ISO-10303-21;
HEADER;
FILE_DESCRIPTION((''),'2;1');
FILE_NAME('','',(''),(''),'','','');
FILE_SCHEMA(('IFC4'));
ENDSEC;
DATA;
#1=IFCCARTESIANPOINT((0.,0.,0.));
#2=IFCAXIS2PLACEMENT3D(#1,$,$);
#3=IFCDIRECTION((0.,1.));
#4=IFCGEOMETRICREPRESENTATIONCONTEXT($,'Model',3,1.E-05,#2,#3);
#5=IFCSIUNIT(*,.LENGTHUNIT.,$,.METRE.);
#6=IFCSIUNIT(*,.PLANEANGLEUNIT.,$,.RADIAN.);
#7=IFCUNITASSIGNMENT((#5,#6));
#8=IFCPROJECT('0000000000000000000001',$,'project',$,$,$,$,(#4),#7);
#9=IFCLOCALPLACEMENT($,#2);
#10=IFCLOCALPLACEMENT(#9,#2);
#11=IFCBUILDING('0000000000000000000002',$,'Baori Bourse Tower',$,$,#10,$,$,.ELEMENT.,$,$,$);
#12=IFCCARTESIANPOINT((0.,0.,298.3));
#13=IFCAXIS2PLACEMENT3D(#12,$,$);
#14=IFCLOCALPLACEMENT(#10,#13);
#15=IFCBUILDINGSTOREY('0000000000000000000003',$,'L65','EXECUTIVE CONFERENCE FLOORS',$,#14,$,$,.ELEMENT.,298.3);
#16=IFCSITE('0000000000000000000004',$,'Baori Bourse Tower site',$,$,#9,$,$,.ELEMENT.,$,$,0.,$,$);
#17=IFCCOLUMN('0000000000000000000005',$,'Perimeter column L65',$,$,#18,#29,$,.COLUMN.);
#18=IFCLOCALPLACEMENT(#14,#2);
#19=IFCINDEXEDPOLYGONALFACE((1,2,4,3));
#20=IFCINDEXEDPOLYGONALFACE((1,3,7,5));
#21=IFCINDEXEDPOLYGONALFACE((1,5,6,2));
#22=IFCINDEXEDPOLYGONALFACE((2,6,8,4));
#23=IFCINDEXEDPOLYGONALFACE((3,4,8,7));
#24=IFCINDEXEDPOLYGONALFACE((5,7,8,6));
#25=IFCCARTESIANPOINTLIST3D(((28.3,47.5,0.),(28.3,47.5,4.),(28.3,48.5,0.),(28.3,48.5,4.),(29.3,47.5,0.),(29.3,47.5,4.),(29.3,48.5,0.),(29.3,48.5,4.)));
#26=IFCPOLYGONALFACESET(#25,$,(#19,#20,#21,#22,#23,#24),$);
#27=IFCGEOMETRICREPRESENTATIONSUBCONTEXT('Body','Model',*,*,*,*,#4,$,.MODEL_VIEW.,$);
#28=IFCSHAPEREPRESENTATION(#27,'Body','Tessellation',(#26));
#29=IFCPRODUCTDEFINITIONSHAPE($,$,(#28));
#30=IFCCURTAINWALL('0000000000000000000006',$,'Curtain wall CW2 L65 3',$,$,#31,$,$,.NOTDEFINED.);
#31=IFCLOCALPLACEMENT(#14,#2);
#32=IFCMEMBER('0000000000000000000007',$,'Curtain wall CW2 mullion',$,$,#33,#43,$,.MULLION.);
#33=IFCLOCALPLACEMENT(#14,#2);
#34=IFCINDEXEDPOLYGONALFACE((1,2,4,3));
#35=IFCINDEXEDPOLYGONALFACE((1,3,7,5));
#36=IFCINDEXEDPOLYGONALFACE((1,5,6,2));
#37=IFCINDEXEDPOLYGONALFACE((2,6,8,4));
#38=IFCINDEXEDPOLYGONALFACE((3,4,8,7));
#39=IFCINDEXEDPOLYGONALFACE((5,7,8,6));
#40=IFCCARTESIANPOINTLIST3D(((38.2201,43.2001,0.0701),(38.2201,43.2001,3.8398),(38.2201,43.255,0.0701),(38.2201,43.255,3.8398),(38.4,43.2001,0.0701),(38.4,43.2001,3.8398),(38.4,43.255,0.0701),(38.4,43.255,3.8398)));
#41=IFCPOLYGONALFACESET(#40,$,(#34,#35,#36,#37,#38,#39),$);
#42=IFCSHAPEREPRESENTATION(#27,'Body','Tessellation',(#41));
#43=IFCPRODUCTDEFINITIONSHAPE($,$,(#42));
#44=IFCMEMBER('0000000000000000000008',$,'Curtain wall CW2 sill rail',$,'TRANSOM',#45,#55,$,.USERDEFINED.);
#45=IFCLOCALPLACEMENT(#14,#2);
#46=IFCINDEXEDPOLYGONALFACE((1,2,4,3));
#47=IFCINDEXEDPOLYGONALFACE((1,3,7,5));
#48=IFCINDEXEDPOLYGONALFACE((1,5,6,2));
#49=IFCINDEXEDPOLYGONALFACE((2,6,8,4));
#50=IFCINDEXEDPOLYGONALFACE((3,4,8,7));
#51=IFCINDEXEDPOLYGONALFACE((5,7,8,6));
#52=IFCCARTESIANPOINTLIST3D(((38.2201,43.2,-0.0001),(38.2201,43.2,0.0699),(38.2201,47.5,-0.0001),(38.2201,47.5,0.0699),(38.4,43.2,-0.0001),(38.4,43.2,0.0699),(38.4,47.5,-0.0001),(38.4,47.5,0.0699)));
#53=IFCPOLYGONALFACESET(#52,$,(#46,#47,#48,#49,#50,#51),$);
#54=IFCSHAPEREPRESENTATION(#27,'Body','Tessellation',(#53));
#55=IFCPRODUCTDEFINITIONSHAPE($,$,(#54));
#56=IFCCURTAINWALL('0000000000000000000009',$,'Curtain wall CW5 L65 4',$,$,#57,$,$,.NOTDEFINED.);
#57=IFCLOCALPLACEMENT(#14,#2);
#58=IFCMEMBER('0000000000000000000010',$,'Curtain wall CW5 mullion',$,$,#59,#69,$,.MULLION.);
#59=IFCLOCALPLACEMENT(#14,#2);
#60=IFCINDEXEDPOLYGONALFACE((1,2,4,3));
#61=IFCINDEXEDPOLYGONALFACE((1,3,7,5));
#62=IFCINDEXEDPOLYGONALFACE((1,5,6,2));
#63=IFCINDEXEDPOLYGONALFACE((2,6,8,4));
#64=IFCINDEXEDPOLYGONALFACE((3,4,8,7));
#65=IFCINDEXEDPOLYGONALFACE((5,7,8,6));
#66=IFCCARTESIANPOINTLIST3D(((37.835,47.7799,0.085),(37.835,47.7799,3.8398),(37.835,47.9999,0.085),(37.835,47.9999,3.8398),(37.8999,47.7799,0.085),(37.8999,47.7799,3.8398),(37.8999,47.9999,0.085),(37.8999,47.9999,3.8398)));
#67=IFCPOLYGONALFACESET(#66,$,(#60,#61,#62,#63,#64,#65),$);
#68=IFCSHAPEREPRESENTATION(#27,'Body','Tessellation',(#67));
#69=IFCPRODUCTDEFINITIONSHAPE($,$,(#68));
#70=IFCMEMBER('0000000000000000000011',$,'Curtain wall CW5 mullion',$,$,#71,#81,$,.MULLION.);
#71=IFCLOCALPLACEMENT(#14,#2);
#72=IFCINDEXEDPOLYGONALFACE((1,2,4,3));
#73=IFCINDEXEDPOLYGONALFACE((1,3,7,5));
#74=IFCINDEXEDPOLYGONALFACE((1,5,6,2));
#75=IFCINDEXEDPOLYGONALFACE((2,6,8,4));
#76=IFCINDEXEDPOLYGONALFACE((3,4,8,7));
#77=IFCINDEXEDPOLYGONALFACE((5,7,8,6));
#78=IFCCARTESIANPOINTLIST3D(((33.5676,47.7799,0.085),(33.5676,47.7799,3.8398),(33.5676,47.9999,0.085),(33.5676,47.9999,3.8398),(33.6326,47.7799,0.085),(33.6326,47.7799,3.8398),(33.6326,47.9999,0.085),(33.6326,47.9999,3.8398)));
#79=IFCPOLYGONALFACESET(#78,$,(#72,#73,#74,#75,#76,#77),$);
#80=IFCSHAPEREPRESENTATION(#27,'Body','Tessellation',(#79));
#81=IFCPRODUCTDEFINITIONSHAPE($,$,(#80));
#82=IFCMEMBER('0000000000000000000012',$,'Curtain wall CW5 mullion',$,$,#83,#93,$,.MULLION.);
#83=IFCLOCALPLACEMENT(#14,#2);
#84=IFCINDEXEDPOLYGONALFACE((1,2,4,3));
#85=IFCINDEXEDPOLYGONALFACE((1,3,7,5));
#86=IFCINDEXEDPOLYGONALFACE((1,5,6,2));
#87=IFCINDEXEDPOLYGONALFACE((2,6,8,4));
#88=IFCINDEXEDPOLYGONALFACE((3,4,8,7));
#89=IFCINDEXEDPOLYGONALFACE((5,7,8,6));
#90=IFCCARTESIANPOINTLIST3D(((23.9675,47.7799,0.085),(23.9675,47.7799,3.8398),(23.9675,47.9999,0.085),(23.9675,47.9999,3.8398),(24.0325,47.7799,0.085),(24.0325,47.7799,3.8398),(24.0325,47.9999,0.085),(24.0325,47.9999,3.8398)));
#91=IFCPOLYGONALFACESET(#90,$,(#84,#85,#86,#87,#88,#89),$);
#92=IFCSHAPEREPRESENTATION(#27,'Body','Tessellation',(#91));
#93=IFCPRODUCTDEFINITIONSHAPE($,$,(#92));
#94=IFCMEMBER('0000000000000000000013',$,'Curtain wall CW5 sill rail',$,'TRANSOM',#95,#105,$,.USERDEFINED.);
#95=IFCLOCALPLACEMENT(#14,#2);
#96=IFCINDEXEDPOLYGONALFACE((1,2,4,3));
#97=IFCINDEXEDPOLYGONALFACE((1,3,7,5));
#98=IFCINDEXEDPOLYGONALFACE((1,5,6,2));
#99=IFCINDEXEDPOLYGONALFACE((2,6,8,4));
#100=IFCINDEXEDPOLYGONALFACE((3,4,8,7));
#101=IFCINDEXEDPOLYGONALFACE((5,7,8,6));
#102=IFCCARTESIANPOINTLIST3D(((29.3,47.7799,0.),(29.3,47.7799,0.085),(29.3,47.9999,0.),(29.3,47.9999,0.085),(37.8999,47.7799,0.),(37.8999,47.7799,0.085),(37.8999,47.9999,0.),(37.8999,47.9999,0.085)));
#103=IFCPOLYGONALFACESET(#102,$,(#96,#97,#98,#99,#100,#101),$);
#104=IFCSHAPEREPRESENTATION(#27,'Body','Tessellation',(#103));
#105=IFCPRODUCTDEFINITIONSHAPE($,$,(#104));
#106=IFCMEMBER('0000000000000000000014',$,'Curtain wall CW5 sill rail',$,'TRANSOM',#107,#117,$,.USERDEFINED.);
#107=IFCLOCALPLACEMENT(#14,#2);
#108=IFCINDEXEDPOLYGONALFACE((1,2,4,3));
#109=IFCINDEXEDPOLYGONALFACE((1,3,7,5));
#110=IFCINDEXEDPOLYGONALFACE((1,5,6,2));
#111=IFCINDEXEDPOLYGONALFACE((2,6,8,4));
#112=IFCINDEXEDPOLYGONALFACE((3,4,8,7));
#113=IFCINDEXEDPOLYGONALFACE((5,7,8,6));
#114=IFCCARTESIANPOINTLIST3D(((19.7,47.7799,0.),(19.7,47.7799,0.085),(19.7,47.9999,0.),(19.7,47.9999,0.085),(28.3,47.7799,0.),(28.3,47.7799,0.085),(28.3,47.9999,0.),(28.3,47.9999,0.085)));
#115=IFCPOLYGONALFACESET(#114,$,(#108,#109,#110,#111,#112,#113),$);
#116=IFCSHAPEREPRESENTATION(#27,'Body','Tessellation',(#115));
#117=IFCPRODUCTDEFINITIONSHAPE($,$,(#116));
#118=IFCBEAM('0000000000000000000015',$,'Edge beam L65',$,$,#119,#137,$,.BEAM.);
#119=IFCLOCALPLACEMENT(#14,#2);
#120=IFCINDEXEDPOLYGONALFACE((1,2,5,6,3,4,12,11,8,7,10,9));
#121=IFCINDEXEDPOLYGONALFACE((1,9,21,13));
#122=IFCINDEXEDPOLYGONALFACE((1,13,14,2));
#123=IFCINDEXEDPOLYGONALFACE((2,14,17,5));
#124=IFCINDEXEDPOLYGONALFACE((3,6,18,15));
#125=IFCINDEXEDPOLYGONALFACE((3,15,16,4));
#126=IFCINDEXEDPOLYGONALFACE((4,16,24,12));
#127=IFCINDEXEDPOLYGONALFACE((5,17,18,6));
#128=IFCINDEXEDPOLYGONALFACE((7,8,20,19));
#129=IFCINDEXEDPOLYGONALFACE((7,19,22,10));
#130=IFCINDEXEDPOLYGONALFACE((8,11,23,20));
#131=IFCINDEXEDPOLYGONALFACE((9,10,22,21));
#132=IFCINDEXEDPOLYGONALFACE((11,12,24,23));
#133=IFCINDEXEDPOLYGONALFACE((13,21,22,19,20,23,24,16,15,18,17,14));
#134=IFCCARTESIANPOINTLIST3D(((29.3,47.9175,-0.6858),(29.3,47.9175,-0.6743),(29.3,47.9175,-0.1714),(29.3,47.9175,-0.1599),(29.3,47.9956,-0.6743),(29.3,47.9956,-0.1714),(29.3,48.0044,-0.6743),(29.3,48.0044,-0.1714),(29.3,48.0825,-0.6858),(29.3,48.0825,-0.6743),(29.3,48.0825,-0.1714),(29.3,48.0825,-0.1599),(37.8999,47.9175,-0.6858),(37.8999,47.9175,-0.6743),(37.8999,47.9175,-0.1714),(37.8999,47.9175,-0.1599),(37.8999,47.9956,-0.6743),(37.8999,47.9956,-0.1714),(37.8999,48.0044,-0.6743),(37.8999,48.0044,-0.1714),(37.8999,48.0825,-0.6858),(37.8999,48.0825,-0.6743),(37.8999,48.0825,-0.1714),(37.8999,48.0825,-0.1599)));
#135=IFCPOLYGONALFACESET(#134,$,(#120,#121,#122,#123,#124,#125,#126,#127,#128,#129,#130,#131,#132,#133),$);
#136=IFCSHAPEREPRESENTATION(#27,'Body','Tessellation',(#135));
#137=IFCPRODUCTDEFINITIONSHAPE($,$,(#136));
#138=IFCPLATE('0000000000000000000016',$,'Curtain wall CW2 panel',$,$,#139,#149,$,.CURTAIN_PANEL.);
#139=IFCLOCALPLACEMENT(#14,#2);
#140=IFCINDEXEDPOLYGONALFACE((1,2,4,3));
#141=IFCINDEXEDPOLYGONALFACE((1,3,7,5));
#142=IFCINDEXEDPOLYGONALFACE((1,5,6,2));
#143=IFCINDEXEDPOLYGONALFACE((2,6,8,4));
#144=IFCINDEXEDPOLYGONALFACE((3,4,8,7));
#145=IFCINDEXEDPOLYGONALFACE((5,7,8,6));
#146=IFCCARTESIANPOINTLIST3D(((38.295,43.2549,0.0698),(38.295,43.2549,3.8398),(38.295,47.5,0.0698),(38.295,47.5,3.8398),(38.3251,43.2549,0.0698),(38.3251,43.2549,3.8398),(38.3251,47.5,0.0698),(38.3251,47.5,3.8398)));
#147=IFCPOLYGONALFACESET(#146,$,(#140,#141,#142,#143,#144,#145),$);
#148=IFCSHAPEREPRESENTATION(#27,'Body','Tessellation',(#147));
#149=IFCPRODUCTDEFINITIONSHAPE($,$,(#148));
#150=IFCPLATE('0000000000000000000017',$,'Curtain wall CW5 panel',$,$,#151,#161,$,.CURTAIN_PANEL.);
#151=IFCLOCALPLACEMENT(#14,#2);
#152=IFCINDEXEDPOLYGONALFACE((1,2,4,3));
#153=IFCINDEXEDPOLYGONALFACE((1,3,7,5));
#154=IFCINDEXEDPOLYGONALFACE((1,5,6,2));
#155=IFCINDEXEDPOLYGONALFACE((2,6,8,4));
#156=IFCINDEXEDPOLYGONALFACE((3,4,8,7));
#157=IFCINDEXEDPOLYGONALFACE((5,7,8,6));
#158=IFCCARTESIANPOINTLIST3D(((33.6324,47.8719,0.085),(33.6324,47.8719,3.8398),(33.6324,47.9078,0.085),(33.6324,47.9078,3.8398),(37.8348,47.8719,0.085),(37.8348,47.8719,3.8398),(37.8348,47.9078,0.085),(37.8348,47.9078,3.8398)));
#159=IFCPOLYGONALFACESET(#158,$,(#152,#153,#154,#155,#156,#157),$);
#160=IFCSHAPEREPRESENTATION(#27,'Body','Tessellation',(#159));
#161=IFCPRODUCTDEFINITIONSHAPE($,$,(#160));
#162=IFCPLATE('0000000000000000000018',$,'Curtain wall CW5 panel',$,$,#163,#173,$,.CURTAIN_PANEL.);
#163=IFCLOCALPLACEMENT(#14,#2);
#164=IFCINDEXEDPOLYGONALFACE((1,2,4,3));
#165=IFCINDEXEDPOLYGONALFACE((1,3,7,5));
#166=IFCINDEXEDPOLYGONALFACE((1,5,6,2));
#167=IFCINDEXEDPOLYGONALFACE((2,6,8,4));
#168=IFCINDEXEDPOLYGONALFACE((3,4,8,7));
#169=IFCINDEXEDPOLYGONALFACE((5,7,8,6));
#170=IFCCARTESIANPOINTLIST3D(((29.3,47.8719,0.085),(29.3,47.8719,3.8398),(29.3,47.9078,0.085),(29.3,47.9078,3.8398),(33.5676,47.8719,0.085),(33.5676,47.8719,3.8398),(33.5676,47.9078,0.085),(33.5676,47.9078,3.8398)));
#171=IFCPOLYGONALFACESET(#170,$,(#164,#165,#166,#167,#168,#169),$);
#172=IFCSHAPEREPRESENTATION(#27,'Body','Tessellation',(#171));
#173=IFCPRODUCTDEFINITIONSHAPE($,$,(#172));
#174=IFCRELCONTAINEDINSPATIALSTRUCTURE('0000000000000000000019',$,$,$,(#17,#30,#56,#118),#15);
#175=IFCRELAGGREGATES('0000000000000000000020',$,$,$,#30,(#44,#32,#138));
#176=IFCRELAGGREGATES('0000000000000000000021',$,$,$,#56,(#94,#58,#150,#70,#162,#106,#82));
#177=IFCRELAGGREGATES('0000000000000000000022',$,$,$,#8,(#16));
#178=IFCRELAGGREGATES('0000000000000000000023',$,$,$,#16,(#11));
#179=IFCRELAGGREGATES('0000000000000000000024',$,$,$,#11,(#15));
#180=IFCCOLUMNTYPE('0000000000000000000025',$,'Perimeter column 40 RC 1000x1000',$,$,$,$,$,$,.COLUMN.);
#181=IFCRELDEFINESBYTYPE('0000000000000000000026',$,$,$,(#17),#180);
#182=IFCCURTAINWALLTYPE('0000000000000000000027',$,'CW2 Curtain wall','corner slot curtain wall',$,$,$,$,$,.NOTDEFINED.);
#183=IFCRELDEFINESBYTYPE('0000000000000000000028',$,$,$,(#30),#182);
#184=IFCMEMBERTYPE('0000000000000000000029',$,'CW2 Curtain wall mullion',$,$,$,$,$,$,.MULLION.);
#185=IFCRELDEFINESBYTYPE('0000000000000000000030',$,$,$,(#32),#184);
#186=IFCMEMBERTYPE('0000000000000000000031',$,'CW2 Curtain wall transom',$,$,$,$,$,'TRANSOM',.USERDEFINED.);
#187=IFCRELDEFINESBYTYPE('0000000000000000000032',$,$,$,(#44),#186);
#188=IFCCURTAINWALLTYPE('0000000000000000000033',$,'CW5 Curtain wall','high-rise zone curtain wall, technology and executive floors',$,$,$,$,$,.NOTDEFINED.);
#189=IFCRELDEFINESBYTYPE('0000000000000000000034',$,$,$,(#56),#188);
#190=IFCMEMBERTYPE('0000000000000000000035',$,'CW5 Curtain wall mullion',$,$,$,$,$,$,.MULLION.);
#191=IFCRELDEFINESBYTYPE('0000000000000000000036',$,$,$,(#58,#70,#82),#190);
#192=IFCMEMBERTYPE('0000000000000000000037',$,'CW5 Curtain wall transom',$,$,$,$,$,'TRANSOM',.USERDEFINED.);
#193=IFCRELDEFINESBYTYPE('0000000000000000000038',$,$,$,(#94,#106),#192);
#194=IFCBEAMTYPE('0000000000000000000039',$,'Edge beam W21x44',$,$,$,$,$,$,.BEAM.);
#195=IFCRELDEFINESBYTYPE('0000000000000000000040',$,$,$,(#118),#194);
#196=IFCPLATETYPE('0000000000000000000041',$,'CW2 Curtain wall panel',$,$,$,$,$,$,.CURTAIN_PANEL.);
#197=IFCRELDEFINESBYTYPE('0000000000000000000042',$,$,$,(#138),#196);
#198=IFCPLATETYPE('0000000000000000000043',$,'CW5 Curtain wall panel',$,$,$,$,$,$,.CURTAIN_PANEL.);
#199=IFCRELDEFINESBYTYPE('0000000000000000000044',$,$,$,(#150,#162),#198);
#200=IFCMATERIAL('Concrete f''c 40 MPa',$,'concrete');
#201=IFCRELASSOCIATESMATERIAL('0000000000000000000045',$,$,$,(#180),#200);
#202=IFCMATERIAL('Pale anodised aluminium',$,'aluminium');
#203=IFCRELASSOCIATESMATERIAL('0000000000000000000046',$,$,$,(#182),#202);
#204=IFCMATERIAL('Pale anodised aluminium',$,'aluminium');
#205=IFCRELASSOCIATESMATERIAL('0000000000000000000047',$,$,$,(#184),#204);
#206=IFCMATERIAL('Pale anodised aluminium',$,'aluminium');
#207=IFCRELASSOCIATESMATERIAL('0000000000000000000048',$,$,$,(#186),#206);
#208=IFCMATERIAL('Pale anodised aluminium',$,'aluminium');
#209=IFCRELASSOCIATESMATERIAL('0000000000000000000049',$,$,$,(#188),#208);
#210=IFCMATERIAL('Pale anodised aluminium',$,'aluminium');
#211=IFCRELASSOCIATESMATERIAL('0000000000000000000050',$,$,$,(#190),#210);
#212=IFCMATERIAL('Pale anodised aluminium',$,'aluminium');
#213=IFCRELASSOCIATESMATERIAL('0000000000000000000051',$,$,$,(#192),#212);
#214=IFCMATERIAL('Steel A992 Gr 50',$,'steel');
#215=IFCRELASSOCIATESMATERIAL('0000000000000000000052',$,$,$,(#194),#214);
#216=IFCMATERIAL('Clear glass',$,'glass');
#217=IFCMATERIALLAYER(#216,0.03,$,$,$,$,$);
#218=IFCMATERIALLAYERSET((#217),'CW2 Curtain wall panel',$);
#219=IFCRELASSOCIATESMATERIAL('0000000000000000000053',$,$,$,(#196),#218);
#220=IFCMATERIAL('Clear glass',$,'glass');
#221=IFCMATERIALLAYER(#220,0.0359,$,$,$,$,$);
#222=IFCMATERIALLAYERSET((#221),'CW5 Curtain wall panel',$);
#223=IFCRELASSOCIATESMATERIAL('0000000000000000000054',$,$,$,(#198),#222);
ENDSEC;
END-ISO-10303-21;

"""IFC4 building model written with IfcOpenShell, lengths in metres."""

from ifc_helpers import new_model, si_unit, direction, frame, origin, origin_2d, place, context, subcontext, project, spatial, rectangle, i_section, extrude, material, layer, layer_set, material_profile, profile_set, type_object, element, aggregate, save


model = new_model("IFC4")

# Units and contexts
model_context = context("Model", 3, precision=1e-05, world=origin(), true_north=direction((0.0, 1.0)))
body_context = subcontext(model_context, "Body", "Model", "MODEL_VIEW")
ifc_project = project(units=[si_unit("LENGTHUNIT", "METRE"), si_unit("PLANEANGLEUNIT", "RADIAN")], contexts=[model_context])

# Site, building, storey
site_placement = place(None, origin())
site = spatial("IfcSite", under=ifc_project, at=site_placement, Name="Baori Bourse Tower site", CompositionType="ELEMENT", RefElevation=0.0)
building_placement = place(site_placement, origin())
building = spatial("IfcBuilding", under=site, at=building_placement, Name="Baori Bourse Tower", CompositionType="ELEMENT")
storey_placement = place(building_placement, frame((0.0, 0.0, 298.3)))
storey = spatial("IfcBuildingStorey", under=building, at=storey_placement, Name="L65", Description="EXECUTIVE CONFERENCE FLOORS", CompositionType="ELEMENT", Elevation=298.3)

# Column
ifc_material_1 = material(Name="Concrete f'c 40 MPa", Category="concrete")
ifc_material_profile_1 = material_profile(ifc_material_1, rectangle(XDim=1.0, YDim=1.0, at=origin_2d()), Name="RC 1000x1000")
ifc_profile_set_1 = profile_set([ifc_material_profile_1], Name="Concrete f'c 40 MPa")
column_type = type_object("IfcColumnType", Name="Perimeter column 40 RC 1000x1000", PredefinedType="COLUMN", material=ifc_profile_set_1)
column_placement = place(storey_placement, frame((28.8, 48.0, 0.0), z_axis=(0.0, 0.0, 1.0), x_axis=(1.0, 0.0, 0.0)))
element("IfcColumn", 1, at=column_placement, inside=storey, type_object=column_type, Name="Perimeter column L65", PredefinedType="COLUMN", context=body_context, shape_type="SweptSolid", body=[
    extrude(rectangle(XDim=1.0, YDim=1.0, at=origin_2d()), origin(), (0.0, 0.0, 1.0), 4.0),
])

# Curtain walls, members
ifc_material_2 = material(Name="Pale anodised aluminium", Category="aluminium")
curtain_wall_type_1 = type_object("IfcCurtainWallType", Name="CW2 Curtain wall", Description="corner slot curtain wall", PredefinedType="NOTDEFINED", material=ifc_material_2)
curtain_wall_1_placement = place(storey_placement, origin())
curtain_wall_1 = element("IfcCurtainWall", 2, at=curtain_wall_1_placement, inside=storey, type_object=curtain_wall_type_1, Name="Curtain wall CW2 L65 3", PredefinedType="NOTDEFINED")
ifc_material_3 = material(Name="Pale anodised aluminium", Category="aluminium")
ifc_material_profile_2 = material_profile(ifc_material_3, rectangle(XDim=0.1799, YDim=0.0549, at=origin_2d()), Name="Mullion 55x180")
ifc_profile_set_2 = profile_set([ifc_material_profile_2], Name="Pale anodised aluminium")
member_type_1 = type_object("IfcMemberType", Name="CW2 Curtain wall mullion", PredefinedType="MULLION", material=ifc_profile_set_2)
member_1_placement = place(storey_placement, frame((38.3101, 43.2275, 0.0701), z_axis=(0.0, 0.0, 1.0), x_axis=(-1.0, 0.0, 0.0)))
member_1 = element("IfcMember", 3, at=member_1_placement, type_object=member_type_1, Name="Curtain wall CW2 mullion", PredefinedType="MULLION", context=body_context, shape_type="SweptSolid", body=[
    extrude(rectangle(XDim=0.1799, YDim=0.0549, at=origin_2d()), origin(), (0.0, 0.0, 1.0), 3.7698),
])
ifc_material_4 = material(Name="Pale anodised aluminium", Category="aluminium")
ifc_material_profile_3 = material_profile(ifc_material_4, rectangle(XDim=0.1799, YDim=0.0701, at=origin_2d()), Name="Transom 70x180")
ifc_profile_set_3 = profile_set([ifc_material_profile_3], Name="Pale anodised aluminium")
member_type_2 = type_object("IfcMemberType", Name="CW2 Curtain wall transom", ElementType="TRANSOM", PredefinedType="USERDEFINED", material=ifc_profile_set_3)
member_2_placement = place(storey_placement, frame((38.3101, 43.2, 0.0349), z_axis=(0.0, 1.0, 0.0), x_axis=(-1.0, 0.0, 0.0)))
member_2 = element("IfcMember", 4, at=member_2_placement, type_object=member_type_2, Name="Curtain wall CW2 sill rail", ObjectType="TRANSOM", PredefinedType="USERDEFINED", context=body_context, shape_type="SweptSolid", body=[
    extrude(rectangle(XDim=0.1799, YDim=0.0701, at=origin_2d()), origin(), (0.0, 0.0, 1.0), 4.3),
])
ifc_material_5 = material(Name="Pale anodised aluminium", Category="aluminium")
curtain_wall_type_2 = type_object("IfcCurtainWallType", Name="CW5 Curtain wall", Description="high-rise zone curtain wall, technology and executive floors", PredefinedType="NOTDEFINED", material=ifc_material_5)
curtain_wall_2_placement = place(storey_placement, origin())
curtain_wall_2 = element("IfcCurtainWall", 5, at=curtain_wall_2_placement, inside=storey, type_object=curtain_wall_type_2, Name="Curtain wall CW5 L65 4", PredefinedType="NOTDEFINED")
ifc_material_6 = material(Name="Pale anodised aluminium", Category="aluminium")
ifc_material_profile_4 = material_profile(ifc_material_6, rectangle(XDim=0.22, YDim=0.0649, at=origin_2d()), Name="Mullion 65x220")
ifc_profile_set_4 = profile_set([ifc_material_profile_4], Name="Pale anodised aluminium")
member_type_3 = type_object("IfcMemberType", Name="CW5 Curtain wall mullion", PredefinedType="MULLION", material=ifc_profile_set_4)
member_3_placement = place(storey_placement, frame((37.8674, 47.8899, 0.085), z_axis=(0.0, 0.0, 1.0), x_axis=(0.0, -1.0, 0.0)))
member_3 = element("IfcMember", 6, at=member_3_placement, type_object=member_type_3, Name="Curtain wall CW5 mullion", PredefinedType="MULLION", context=body_context, shape_type="SweptSolid", body=[
    extrude(rectangle(XDim=0.22, YDim=0.0649, at=origin_2d()), origin(), (0.0, 0.0, 1.0), 3.7549),
])
member_4_placement = place(storey_placement, frame((33.6001, 47.8899, 0.085), z_axis=(0.0, 0.0, 1.0), x_axis=(0.0, -1.0, 0.0)))
member_4 = element("IfcMember", 7, at=member_4_placement, type_object=member_type_3, Name="Curtain wall CW5 mullion", PredefinedType="MULLION", context=body_context, shape_type="SweptSolid", body=[
    extrude(rectangle(XDim=0.22, YDim=0.0649, at=origin_2d()), origin(), (0.0, 0.0, 1.0), 3.7549),
])
member_5_placement = place(storey_placement, frame((24.0, 47.8899, 0.085), z_axis=(0.0, 0.0, 1.0), x_axis=(0.0, -1.0, 0.0)))
member_5 = element("IfcMember", 8, at=member_5_placement, type_object=member_type_3, Name="Curtain wall CW5 mullion", PredefinedType="MULLION", context=body_context, shape_type="SweptSolid", body=[
    extrude(rectangle(XDim=0.22, YDim=0.0649, at=origin_2d()), origin(), (0.0, 0.0, 1.0), 3.7549),
])
ifc_material_7 = material(Name="Pale anodised aluminium", Category="aluminium")
ifc_material_profile_5 = material_profile(ifc_material_7, rectangle(XDim=0.22, YDim=0.085, at=origin_2d()), Name="Transom 85x220")
ifc_profile_set_5 = profile_set([ifc_material_profile_5], Name="Pale anodised aluminium")
member_type_4 = type_object("IfcMemberType", Name="CW5 Curtain wall transom", ElementType="TRANSOM", PredefinedType="USERDEFINED", material=ifc_profile_set_5)
member_6_placement = place(storey_placement, frame((37.8999, 47.8899, 0.0425), z_axis=(-1.0, 0.0, 0.0), x_axis=(0.0, -1.0, 0.0)))
member_6 = element("IfcMember", 9, at=member_6_placement, type_object=member_type_4, Name="Curtain wall CW5 sill rail", ObjectType="TRANSOM", PredefinedType="USERDEFINED", context=body_context, shape_type="SweptSolid", body=[
    extrude(rectangle(XDim=0.22, YDim=0.085, at=origin_2d()), origin(), (0.0, 0.0, 1.0), 8.5999),
])
member_7_placement = place(storey_placement, frame((28.3, 47.8899, 0.0425), z_axis=(-1.0, 0.0, 0.0), x_axis=(0.0, -1.0, 0.0)))
member_7 = element("IfcMember", 10, at=member_7_placement, type_object=member_type_4, Name="Curtain wall CW5 sill rail", ObjectType="TRANSOM", PredefinedType="USERDEFINED", context=body_context, shape_type="SweptSolid", body=[
    extrude(rectangle(XDim=0.22, YDim=0.085, at=origin_2d()), origin(), (0.0, 0.0, 1.0), 8.6001),
])

# Beam
ifc_material_8 = material(Name="Steel A992 Gr 50", Category="steel")
ifc_material_profile_6 = material_profile(ifc_material_8, i_section(OverallWidth=0.165, OverallDepth=0.5259, WebThickness=0.0088, FlangeThickness=0.0115, at=origin_2d()), Name="W21x44")
ifc_profile_set_6 = profile_set([ifc_material_profile_6], Name="Steel A992 Gr 50")
beam_type = type_object("IfcBeamType", Name="Edge beam W21x44", PredefinedType="BEAM", material=ifc_profile_set_6)
beam_placement = place(storey_placement, frame((29.3, 48.0, -0.4229), z_axis=(1.0, 0.0, 0.0), x_axis=(0.0, 1.0, 0.0)))
element("IfcBeam", 11, at=beam_placement, inside=storey, type_object=beam_type, Name="Edge beam L65", PredefinedType="BEAM", context=body_context, shape_type="SweptSolid", body=[
    extrude(i_section(OverallWidth=0.165, OverallDepth=0.5259, WebThickness=0.0088, FlangeThickness=0.0115, at=origin_2d()), origin(), (0.0, 0.0, 1.0), 8.5999),
])

# Plates
ifc_material_9 = material(Name="Clear glass", Category="glass")
ifc_layer_1 = layer(ifc_material_9, 0.03)
ifc_layer_set_1 = layer_set([ifc_layer_1], Name="CW2 Curtain wall panel")
plate_type_1 = type_object("IfcPlateType", Name="CW2 Curtain wall panel", PredefinedType="CURTAIN_PANEL", material=ifc_layer_set_1)
plate_1_placement = place(storey_placement, frame((38.3101, 45.3774, 0.0698), z_axis=(0.0, 0.0, 1.0), x_axis=(0.0, 1.0, 0.0)))
plate_1 = element("IfcPlate", 12, at=plate_1_placement, type_object=plate_type_1, Name="Curtain wall CW2 panel", PredefinedType="CURTAIN_PANEL", context=body_context, shape_type="SweptSolid", body=[
    extrude(rectangle(XDim=4.2451, YDim=0.03, at=origin_2d()), origin(), (0.0, 0.0, 1.0), 3.77),
])
aggregate(curtain_wall_1, [member_2, member_1, plate_1])
ifc_material_10 = material(Name="Clear glass", Category="glass")
ifc_layer_2 = layer(ifc_material_10, 0.0359)
ifc_layer_set_2 = layer_set([ifc_layer_2], Name="CW5 Curtain wall panel")
plate_type_2 = type_object("IfcPlateType", Name="CW5 Curtain wall panel", PredefinedType="CURTAIN_PANEL", material=ifc_layer_set_2)
plate_2_placement = place(storey_placement, frame((35.7336, 47.8899, 0.085), z_axis=(0.0, 0.0, 1.0), x_axis=(-1.0, 0.0, 0.0)))
plate_2 = element("IfcPlate", 13, at=plate_2_placement, type_object=plate_type_2, Name="Curtain wall CW5 panel", PredefinedType="CURTAIN_PANEL", context=body_context, shape_type="SweptSolid", body=[
    extrude(rectangle(XDim=4.2024, YDim=0.0359, at=origin_2d()), origin(), (0.0, 0.0, 1.0), 3.7549),
])
plate_3_placement = place(storey_placement, frame((31.4338, 47.8899, 0.085), z_axis=(0.0, 0.0, 1.0), x_axis=(-1.0, 0.0, 0.0)))
plate_3 = element("IfcPlate", 14, at=plate_3_placement, type_object=plate_type_2, Name="Curtain wall CW5 panel", PredefinedType="CURTAIN_PANEL", context=body_context, shape_type="SweptSolid", body=[
    extrude(rectangle(XDim=4.2676, YDim=0.0359, at=origin_2d()), origin(), (0.0, 0.0, 1.0), 3.7549),
])
aggregate(curtain_wall_2, [member_6, member_3, plate_2, member_4, plate_3, member_7, member_5])

save(model, "model.ifc")
